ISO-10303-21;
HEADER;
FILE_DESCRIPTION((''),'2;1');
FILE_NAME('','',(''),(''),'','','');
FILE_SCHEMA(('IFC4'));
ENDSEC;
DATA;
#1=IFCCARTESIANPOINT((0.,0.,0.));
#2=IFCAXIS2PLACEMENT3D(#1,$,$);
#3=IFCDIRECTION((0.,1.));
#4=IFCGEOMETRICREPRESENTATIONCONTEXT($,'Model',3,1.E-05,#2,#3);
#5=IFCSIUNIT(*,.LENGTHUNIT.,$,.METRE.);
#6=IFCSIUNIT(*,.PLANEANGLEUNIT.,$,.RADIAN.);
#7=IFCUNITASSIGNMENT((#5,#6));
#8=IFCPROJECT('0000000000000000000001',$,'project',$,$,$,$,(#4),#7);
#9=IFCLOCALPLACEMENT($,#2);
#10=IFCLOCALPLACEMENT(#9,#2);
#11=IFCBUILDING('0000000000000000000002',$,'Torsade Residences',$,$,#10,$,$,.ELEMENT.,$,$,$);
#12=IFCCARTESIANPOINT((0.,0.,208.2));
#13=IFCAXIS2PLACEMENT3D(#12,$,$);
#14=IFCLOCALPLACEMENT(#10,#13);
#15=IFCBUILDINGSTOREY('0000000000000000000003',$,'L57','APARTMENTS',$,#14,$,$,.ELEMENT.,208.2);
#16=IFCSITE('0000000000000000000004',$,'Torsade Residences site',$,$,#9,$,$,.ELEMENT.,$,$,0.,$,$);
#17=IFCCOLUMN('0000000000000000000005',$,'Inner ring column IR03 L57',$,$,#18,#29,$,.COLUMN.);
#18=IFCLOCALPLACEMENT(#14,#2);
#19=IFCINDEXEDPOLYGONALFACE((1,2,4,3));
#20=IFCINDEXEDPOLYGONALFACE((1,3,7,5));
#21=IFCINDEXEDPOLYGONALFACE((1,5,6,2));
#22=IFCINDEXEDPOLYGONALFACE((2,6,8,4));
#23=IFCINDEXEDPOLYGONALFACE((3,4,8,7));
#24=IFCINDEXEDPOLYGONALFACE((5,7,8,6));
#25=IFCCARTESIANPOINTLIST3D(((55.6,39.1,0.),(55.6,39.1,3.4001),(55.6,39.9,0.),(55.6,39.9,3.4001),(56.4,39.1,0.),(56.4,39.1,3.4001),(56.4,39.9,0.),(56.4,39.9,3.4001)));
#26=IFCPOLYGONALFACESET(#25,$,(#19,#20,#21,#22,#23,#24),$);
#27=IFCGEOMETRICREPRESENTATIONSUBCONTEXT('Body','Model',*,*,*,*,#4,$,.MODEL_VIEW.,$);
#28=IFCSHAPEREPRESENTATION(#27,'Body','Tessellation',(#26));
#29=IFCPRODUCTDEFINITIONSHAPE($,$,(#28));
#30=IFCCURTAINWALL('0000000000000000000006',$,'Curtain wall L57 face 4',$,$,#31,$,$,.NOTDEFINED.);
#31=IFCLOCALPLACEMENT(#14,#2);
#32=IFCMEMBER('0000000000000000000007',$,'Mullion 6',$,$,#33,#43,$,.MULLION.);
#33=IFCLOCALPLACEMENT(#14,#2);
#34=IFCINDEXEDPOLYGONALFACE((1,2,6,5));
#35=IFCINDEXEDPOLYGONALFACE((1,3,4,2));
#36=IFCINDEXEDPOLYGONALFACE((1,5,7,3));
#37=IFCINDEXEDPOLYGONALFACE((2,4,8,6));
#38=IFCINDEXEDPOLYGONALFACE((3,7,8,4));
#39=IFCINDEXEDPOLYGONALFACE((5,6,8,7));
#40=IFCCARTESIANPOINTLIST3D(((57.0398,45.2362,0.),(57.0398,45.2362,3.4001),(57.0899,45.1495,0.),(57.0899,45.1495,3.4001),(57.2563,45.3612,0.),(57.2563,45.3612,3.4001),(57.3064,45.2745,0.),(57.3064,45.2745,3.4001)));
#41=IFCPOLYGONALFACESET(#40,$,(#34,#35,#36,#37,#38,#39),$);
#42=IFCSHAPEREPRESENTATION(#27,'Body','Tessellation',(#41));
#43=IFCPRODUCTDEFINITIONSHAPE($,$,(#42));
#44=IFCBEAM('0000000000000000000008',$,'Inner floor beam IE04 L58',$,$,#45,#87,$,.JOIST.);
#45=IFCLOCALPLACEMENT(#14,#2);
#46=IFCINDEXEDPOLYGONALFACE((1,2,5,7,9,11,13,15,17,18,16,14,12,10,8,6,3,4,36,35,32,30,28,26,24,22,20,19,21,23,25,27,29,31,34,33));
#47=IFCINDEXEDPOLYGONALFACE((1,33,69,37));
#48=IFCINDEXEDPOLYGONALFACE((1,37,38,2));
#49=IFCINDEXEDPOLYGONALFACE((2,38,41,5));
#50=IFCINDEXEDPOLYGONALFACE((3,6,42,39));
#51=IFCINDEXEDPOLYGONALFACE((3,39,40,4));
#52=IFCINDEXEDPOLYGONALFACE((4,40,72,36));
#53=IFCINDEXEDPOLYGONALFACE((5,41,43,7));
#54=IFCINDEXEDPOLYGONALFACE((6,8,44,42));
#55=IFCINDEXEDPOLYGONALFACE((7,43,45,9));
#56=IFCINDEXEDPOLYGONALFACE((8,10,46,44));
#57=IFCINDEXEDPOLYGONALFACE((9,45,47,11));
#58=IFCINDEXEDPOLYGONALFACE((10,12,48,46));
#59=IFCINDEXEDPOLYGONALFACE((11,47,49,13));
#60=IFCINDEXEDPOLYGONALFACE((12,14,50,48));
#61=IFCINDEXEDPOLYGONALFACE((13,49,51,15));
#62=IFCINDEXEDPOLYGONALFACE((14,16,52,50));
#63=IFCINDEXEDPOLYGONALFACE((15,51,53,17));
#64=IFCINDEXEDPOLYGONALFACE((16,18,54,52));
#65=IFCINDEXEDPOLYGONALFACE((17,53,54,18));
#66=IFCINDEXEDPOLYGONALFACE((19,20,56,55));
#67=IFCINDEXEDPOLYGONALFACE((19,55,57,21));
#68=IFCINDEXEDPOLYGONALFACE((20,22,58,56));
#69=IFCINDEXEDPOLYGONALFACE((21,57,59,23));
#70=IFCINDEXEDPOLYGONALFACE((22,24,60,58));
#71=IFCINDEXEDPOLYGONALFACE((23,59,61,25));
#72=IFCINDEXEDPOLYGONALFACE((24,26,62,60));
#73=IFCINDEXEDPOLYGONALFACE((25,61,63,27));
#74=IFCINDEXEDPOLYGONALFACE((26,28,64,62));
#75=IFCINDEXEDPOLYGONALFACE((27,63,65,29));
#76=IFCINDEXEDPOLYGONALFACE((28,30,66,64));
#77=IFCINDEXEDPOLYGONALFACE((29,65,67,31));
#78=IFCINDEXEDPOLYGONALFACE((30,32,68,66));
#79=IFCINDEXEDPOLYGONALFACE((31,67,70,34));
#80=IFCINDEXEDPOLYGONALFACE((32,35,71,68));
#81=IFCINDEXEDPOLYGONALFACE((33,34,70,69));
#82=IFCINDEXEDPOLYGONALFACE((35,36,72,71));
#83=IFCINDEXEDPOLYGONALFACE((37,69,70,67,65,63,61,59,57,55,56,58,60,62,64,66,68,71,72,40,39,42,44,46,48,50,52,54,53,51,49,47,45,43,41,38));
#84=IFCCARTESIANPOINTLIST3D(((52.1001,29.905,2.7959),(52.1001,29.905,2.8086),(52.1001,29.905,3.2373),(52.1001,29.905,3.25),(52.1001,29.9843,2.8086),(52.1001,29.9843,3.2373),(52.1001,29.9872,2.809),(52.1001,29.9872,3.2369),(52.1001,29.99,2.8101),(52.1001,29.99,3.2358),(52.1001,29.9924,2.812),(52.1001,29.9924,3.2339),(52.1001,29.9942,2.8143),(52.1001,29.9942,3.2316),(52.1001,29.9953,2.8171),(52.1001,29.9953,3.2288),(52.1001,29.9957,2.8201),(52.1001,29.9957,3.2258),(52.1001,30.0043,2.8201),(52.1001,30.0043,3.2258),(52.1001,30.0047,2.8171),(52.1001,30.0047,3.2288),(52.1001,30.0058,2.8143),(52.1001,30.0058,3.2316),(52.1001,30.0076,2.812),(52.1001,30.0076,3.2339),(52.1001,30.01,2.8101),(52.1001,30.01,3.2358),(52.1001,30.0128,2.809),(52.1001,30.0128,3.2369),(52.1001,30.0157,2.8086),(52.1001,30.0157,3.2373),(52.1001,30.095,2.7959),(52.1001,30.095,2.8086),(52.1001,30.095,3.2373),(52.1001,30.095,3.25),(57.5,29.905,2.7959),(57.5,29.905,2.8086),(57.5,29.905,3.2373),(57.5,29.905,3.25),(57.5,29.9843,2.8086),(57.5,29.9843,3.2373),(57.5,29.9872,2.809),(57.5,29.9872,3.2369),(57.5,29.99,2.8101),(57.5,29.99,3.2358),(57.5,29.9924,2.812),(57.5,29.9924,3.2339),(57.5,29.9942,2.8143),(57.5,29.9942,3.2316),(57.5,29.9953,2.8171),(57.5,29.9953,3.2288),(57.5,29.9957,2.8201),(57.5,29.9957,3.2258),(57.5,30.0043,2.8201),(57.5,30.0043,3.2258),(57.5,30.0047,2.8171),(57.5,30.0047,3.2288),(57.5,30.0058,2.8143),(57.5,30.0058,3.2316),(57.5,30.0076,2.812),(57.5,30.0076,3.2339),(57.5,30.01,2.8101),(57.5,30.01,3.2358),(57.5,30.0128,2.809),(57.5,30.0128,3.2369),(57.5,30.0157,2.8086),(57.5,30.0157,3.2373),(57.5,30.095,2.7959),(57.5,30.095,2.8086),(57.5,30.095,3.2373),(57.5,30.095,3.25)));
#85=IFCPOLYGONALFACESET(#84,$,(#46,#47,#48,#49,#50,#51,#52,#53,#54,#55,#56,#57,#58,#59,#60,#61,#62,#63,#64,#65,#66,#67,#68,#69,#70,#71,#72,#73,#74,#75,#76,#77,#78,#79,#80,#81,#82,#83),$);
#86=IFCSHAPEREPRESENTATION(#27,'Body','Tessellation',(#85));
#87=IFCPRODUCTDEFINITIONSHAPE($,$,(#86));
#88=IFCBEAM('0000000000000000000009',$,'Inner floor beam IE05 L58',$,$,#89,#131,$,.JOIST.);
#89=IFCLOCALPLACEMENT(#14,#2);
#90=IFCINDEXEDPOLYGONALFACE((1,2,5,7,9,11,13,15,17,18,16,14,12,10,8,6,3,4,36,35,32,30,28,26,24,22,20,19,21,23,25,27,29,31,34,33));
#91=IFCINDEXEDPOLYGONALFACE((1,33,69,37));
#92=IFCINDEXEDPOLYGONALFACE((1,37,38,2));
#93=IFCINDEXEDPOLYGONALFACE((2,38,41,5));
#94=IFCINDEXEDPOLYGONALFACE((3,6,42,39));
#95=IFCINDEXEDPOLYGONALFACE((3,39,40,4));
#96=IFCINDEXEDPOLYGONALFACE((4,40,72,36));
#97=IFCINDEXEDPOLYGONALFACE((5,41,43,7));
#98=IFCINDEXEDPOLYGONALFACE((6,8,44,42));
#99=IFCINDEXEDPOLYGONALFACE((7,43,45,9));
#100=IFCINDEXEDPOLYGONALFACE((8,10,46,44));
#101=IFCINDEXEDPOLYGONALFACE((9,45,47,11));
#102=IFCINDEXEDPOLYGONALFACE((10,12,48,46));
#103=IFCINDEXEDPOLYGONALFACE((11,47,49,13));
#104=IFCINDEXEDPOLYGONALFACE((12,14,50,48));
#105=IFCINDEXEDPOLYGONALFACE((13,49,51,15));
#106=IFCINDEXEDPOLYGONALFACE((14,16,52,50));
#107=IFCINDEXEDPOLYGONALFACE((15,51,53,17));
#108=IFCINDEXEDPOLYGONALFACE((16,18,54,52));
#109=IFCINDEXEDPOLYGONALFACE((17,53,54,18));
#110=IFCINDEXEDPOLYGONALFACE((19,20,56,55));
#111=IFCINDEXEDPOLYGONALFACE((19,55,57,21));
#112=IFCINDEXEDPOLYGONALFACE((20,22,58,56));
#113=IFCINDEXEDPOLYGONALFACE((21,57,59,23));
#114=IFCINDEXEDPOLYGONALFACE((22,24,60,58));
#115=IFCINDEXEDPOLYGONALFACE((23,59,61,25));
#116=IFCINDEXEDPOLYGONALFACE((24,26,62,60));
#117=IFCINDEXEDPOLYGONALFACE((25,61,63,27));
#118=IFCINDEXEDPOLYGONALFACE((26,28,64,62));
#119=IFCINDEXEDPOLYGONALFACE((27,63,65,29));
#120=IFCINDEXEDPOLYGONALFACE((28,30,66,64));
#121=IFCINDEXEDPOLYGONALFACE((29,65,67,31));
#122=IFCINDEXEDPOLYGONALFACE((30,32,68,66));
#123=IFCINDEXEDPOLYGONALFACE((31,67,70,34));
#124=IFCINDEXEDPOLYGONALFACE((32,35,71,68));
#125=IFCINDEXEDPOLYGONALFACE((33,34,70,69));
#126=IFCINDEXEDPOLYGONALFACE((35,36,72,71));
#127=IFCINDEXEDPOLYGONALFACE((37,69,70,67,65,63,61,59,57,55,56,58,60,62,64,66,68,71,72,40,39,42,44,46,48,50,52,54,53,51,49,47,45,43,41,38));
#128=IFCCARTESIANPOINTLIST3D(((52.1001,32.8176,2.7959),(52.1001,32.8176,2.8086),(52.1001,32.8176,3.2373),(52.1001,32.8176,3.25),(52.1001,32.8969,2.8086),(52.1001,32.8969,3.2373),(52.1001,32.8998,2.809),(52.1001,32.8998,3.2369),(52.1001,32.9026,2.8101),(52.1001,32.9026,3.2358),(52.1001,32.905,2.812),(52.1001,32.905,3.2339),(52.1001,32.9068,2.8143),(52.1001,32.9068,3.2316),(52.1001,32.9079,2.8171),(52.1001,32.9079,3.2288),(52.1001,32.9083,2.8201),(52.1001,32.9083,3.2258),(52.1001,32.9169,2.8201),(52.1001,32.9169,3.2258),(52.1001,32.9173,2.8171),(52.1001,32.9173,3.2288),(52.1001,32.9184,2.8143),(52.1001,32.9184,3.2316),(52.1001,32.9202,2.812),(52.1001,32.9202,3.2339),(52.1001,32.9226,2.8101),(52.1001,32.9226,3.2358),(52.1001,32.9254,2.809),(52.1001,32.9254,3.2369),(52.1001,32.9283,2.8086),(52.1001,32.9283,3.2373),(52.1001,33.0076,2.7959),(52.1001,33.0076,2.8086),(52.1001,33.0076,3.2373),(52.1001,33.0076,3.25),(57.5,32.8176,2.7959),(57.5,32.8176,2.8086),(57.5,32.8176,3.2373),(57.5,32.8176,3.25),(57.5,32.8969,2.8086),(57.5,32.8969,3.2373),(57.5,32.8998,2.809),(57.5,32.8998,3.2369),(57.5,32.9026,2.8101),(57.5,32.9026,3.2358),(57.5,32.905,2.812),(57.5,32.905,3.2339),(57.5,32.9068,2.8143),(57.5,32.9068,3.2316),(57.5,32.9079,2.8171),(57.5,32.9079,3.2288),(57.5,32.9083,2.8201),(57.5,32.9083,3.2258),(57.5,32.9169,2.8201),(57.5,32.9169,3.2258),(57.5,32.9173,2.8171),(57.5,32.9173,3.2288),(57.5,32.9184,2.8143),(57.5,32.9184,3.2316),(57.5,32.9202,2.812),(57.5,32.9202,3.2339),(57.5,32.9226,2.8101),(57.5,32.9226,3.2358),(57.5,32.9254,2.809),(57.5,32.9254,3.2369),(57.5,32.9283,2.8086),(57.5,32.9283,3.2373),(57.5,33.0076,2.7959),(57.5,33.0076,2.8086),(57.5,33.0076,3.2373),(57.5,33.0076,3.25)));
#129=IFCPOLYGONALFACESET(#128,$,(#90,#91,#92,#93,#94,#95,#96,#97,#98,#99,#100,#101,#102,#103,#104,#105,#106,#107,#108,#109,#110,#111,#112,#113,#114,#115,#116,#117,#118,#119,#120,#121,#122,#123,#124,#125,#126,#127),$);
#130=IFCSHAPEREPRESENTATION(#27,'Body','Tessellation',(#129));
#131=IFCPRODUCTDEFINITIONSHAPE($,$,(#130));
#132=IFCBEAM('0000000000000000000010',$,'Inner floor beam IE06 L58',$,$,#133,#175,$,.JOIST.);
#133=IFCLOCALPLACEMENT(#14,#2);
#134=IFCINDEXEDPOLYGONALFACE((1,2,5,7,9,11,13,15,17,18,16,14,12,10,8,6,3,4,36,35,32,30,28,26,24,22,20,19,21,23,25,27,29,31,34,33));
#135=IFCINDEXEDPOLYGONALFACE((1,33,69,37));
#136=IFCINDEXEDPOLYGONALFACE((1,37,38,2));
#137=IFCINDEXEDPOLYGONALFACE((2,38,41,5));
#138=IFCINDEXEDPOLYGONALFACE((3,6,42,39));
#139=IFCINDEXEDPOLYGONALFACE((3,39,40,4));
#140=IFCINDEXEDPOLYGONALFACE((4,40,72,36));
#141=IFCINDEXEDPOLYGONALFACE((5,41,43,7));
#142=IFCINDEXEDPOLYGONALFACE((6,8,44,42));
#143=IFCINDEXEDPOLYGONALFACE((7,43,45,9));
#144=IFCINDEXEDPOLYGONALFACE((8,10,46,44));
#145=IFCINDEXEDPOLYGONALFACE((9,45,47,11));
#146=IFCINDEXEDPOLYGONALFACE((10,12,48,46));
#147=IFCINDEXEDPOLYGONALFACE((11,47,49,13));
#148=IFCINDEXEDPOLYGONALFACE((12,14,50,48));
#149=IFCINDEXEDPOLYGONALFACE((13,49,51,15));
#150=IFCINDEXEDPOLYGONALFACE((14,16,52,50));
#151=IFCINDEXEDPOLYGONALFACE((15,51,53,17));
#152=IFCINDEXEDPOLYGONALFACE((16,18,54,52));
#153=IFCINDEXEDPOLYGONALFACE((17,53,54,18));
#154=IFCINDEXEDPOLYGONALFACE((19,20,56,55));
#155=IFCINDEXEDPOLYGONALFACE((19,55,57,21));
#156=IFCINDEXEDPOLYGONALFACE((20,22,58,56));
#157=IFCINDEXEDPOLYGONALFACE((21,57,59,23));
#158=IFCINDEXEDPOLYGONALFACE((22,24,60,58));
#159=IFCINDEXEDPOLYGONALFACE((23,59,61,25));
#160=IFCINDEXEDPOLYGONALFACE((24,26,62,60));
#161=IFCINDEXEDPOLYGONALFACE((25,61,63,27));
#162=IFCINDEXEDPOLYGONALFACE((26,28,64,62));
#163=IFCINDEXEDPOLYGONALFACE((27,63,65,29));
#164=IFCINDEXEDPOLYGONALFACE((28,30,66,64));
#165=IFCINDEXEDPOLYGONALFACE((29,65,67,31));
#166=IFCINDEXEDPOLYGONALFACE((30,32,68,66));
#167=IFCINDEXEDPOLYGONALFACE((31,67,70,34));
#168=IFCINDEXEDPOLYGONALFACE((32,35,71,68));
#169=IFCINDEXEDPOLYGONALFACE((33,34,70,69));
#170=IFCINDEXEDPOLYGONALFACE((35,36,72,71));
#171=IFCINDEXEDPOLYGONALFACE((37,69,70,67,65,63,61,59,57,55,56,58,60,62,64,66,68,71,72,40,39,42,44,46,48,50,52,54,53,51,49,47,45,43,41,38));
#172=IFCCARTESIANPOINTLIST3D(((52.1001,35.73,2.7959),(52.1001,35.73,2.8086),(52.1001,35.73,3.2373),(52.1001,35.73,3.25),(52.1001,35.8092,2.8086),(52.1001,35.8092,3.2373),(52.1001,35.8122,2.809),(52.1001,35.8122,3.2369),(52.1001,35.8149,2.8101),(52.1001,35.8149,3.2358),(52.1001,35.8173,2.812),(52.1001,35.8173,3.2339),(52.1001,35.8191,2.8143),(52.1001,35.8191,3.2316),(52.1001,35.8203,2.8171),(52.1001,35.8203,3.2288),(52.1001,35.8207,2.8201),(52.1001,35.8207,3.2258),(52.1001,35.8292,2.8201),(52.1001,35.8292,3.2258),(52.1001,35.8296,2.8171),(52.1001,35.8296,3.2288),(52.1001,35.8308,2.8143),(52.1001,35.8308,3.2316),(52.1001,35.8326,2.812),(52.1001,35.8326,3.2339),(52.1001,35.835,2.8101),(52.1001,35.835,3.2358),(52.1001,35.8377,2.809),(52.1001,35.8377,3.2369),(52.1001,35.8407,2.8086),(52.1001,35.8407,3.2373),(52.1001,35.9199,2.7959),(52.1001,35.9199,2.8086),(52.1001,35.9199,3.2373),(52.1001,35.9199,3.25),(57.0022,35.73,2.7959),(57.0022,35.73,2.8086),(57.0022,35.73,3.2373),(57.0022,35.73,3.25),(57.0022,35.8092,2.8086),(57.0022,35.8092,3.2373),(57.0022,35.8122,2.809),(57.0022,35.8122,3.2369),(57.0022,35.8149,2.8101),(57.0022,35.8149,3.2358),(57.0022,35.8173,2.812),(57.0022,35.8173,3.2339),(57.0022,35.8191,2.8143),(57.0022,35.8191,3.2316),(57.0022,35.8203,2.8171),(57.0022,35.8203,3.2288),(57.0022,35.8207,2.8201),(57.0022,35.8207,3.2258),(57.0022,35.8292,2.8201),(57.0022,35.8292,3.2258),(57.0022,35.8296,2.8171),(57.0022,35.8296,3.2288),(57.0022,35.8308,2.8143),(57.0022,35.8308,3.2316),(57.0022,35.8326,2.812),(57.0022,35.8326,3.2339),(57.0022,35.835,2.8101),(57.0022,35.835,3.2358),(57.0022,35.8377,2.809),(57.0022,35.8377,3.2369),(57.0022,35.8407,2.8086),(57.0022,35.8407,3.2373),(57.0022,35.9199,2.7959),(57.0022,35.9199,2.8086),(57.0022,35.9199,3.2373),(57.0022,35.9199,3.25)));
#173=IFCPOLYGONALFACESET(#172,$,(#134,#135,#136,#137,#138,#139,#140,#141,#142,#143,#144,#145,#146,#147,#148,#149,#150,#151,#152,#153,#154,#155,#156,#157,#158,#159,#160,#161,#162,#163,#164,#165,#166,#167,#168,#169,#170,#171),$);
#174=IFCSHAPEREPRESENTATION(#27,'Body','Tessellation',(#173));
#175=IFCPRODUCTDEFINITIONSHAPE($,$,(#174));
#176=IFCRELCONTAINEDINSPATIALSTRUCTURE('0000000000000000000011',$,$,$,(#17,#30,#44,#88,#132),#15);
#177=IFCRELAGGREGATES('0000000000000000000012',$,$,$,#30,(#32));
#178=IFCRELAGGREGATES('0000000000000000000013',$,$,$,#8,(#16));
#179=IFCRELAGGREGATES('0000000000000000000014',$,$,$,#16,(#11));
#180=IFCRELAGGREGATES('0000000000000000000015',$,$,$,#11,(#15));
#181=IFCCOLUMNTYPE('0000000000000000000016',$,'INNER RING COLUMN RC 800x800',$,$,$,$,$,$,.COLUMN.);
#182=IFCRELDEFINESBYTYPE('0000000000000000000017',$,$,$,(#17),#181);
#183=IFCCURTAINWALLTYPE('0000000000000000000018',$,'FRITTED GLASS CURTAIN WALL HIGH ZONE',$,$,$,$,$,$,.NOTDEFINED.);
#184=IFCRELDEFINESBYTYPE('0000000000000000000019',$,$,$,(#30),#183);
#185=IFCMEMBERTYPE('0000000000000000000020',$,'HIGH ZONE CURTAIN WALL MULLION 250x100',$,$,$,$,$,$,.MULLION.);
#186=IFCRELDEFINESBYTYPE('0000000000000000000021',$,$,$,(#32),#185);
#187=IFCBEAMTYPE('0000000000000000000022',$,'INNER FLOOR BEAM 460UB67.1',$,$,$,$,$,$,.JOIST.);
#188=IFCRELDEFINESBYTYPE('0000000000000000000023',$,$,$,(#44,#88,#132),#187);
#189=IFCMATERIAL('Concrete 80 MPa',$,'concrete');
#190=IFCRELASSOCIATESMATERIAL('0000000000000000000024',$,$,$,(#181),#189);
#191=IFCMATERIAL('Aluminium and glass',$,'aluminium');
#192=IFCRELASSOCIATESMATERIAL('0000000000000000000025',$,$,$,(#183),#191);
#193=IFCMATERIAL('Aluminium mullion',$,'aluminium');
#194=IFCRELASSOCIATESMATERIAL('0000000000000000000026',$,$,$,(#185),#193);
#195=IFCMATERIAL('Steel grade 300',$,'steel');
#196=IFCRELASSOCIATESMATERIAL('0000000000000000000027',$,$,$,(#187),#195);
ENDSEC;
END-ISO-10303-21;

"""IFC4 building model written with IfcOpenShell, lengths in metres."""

from ifc_helpers import new_model, si_unit, direction, frame, origin, origin_2d, place, context, subcontext, project, spatial, rectangle, i_section, extrude, material, material_profile, profile_set, type_object, element, aggregate, save


model = new_model("IFC4")

# Units and contexts
model_context = context("Model", 3, precision=1e-05, world=origin(), true_north=direction((0.0, 1.0)))
body_context = subcontext(model_context, "Body", "Model", "MODEL_VIEW")
ifc_project = project(units=[si_unit("LENGTHUNIT", "METRE"), si_unit("PLANEANGLEUNIT", "RADIAN")], contexts=[model_context])

# Site, building, storey
site_placement = place(None, origin())
site = spatial("IfcSite", under=ifc_project, at=site_placement, Name="Torsade Residences site", CompositionType="ELEMENT", RefElevation=0.0)
building_placement = place(site_placement, origin())
building = spatial("IfcBuilding", under=site, at=building_placement, Name="Torsade Residences", CompositionType="ELEMENT")
storey_placement = place(building_placement, frame((0.0, 0.0, 208.2)))
storey = spatial("IfcBuildingStorey", under=building, at=storey_placement, Name="L57", Description="APARTMENTS", CompositionType="ELEMENT", Elevation=208.2)

# Column
ifc_material_1 = material(Name="Concrete 80 MPa", Category="concrete")
ifc_material_profile_1 = material_profile(ifc_material_1, rectangle(XDim=0.8, YDim=0.8, at=origin_2d()), Name="RC 800x800")
ifc_profile_set_1 = profile_set([ifc_material_profile_1], Name="Concrete 80 MPa")
column_type = type_object("IfcColumnType", Name="INNER RING COLUMN RC 800x800", PredefinedType="COLUMN", material=ifc_profile_set_1)
column_placement = place(storey_placement, frame((56.0, 39.5, 0.0), z_axis=(0.0, 0.0, 1.0), x_axis=(1.0, 0.0, 0.0)))
element("IfcColumn", 1, at=column_placement, inside=storey, type_object=column_type, Name="Inner ring column IR03 L57", PredefinedType="COLUMN", context=body_context, shape_type="SweptSolid", body=[
    extrude(rectangle(XDim=0.8, YDim=0.8, at=origin_2d()), origin(), (0.0, 0.0, 1.0), 3.4001),
])

# Curtain wall, member
ifc_material_2 = material(Name="Aluminium and glass", Category="aluminium")
curtain_wall_type = type_object("IfcCurtainWallType", Name="FRITTED GLASS CURTAIN WALL HIGH ZONE", PredefinedType="NOTDEFINED", material=ifc_material_2)
curtain_wall_placement = place(storey_placement, origin())
curtain_wall = element("IfcCurtainWall", 2, at=curtain_wall_placement, inside=storey, type_object=curtain_wall_type, Name="Curtain wall L57 face 4", PredefinedType="NOTDEFINED")
ifc_material_3 = material(Name="Aluminium mullion", Category="aluminium")
ifc_material_profile_2 = material_profile(ifc_material_3, rectangle(XDim=0.25, YDim=0.1001, at=origin_2d()), Name="HIGH ZONE CURTAIN WALL MULLION 250x100")
ifc_profile_set_2 = profile_set([ifc_material_profile_2], Name="Aluminium mullion")
member_type = type_object("IfcMemberType", Name="HIGH ZONE CURTAIN WALL MULLION 250x100", PredefinedType="MULLION", material=ifc_profile_set_2)
member_placement = place(storey_placement, frame((57.1731, 45.2554, 0.0), z_axis=(0.0, 0.0, 1.0), x_axis=(-0.866025, -0.5, 0.0)))
member = element("IfcMember", 3, at=member_placement, type_object=member_type, Name="Mullion 6", PredefinedType="MULLION", context=body_context, shape_type="SweptSolid", body=[
    extrude(rectangle(XDim=0.25, YDim=0.1001, at=origin_2d()), origin(), (0.0, 0.0, 1.0), 3.4001),
])
aggregate(curtain_wall, [member])

# Beams
ifc_material_4 = material(Name="Steel grade 300", Category="steel")
ifc_material_profile_3 = material_profile(ifc_material_4, i_section(OverallWidth=0.1899, OverallDepth=0.4541, WebThickness=0.0085, FlangeThickness=0.0127, FilletRadius=0.0115, at=origin_2d()), Name="460UB67.1")
ifc_profile_set_3 = profile_set([ifc_material_profile_3], Name="Steel grade 300")
beam_type_1 = type_object("IfcBeamType", Name="INNER FLOOR BEAM 460UB67.1", PredefinedType="JOIST", material=ifc_profile_set_3)
for number, where, z_axis, x_axis, name in (
    (4, (52.1001, 30.0, 3.0229), (1.0, 0.0, 0.0), (0.0, 1.0, 0.0), "Inner floor beam IE04 L58"),
    (5, (52.1001, 32.9126, 3.0229), (1.0, 0.0, 0.0), (0.0, 1.0, 0.0), "Inner floor beam IE05 L58"),
):
    element("IfcBeam", number, at=place(storey_placement, frame(where, z_axis=z_axis, x_axis=x_axis)), inside=storey, type_object=beam_type_1, Name=name, PredefinedType="JOIST", context=body_context, shape_type="SweptSolid", body=[
        extrude(i_section(OverallWidth=0.1899, OverallDepth=0.4541, WebThickness=0.0085, FlangeThickness=0.0127, FilletRadius=0.0115, at=origin_2d()), origin(), (0.0, 0.0, 1.0), 5.3999),
    ])
beam_1_placement = place(storey_placement, frame((52.1001, 35.825, 3.0229), z_axis=(1.0, 0.0, 0.0), x_axis=(0.0, 1.0, 0.0)))
element("IfcBeam", 6, at=beam_1_placement, inside=storey, type_object=beam_type_1, Name="Inner floor beam IE06 L58", PredefinedType="JOIST", context=body_context, shape_type="SweptSolid", body=[
    extrude(i_section(OverallWidth=0.1899, OverallDepth=0.4541, WebThickness=0.0085, FlangeThickness=0.0127, FilletRadius=0.0115, at=origin_2d()), origin(), (0.0, 0.0, 1.0), 4.9021),
])

save(model, "model.ifc")
